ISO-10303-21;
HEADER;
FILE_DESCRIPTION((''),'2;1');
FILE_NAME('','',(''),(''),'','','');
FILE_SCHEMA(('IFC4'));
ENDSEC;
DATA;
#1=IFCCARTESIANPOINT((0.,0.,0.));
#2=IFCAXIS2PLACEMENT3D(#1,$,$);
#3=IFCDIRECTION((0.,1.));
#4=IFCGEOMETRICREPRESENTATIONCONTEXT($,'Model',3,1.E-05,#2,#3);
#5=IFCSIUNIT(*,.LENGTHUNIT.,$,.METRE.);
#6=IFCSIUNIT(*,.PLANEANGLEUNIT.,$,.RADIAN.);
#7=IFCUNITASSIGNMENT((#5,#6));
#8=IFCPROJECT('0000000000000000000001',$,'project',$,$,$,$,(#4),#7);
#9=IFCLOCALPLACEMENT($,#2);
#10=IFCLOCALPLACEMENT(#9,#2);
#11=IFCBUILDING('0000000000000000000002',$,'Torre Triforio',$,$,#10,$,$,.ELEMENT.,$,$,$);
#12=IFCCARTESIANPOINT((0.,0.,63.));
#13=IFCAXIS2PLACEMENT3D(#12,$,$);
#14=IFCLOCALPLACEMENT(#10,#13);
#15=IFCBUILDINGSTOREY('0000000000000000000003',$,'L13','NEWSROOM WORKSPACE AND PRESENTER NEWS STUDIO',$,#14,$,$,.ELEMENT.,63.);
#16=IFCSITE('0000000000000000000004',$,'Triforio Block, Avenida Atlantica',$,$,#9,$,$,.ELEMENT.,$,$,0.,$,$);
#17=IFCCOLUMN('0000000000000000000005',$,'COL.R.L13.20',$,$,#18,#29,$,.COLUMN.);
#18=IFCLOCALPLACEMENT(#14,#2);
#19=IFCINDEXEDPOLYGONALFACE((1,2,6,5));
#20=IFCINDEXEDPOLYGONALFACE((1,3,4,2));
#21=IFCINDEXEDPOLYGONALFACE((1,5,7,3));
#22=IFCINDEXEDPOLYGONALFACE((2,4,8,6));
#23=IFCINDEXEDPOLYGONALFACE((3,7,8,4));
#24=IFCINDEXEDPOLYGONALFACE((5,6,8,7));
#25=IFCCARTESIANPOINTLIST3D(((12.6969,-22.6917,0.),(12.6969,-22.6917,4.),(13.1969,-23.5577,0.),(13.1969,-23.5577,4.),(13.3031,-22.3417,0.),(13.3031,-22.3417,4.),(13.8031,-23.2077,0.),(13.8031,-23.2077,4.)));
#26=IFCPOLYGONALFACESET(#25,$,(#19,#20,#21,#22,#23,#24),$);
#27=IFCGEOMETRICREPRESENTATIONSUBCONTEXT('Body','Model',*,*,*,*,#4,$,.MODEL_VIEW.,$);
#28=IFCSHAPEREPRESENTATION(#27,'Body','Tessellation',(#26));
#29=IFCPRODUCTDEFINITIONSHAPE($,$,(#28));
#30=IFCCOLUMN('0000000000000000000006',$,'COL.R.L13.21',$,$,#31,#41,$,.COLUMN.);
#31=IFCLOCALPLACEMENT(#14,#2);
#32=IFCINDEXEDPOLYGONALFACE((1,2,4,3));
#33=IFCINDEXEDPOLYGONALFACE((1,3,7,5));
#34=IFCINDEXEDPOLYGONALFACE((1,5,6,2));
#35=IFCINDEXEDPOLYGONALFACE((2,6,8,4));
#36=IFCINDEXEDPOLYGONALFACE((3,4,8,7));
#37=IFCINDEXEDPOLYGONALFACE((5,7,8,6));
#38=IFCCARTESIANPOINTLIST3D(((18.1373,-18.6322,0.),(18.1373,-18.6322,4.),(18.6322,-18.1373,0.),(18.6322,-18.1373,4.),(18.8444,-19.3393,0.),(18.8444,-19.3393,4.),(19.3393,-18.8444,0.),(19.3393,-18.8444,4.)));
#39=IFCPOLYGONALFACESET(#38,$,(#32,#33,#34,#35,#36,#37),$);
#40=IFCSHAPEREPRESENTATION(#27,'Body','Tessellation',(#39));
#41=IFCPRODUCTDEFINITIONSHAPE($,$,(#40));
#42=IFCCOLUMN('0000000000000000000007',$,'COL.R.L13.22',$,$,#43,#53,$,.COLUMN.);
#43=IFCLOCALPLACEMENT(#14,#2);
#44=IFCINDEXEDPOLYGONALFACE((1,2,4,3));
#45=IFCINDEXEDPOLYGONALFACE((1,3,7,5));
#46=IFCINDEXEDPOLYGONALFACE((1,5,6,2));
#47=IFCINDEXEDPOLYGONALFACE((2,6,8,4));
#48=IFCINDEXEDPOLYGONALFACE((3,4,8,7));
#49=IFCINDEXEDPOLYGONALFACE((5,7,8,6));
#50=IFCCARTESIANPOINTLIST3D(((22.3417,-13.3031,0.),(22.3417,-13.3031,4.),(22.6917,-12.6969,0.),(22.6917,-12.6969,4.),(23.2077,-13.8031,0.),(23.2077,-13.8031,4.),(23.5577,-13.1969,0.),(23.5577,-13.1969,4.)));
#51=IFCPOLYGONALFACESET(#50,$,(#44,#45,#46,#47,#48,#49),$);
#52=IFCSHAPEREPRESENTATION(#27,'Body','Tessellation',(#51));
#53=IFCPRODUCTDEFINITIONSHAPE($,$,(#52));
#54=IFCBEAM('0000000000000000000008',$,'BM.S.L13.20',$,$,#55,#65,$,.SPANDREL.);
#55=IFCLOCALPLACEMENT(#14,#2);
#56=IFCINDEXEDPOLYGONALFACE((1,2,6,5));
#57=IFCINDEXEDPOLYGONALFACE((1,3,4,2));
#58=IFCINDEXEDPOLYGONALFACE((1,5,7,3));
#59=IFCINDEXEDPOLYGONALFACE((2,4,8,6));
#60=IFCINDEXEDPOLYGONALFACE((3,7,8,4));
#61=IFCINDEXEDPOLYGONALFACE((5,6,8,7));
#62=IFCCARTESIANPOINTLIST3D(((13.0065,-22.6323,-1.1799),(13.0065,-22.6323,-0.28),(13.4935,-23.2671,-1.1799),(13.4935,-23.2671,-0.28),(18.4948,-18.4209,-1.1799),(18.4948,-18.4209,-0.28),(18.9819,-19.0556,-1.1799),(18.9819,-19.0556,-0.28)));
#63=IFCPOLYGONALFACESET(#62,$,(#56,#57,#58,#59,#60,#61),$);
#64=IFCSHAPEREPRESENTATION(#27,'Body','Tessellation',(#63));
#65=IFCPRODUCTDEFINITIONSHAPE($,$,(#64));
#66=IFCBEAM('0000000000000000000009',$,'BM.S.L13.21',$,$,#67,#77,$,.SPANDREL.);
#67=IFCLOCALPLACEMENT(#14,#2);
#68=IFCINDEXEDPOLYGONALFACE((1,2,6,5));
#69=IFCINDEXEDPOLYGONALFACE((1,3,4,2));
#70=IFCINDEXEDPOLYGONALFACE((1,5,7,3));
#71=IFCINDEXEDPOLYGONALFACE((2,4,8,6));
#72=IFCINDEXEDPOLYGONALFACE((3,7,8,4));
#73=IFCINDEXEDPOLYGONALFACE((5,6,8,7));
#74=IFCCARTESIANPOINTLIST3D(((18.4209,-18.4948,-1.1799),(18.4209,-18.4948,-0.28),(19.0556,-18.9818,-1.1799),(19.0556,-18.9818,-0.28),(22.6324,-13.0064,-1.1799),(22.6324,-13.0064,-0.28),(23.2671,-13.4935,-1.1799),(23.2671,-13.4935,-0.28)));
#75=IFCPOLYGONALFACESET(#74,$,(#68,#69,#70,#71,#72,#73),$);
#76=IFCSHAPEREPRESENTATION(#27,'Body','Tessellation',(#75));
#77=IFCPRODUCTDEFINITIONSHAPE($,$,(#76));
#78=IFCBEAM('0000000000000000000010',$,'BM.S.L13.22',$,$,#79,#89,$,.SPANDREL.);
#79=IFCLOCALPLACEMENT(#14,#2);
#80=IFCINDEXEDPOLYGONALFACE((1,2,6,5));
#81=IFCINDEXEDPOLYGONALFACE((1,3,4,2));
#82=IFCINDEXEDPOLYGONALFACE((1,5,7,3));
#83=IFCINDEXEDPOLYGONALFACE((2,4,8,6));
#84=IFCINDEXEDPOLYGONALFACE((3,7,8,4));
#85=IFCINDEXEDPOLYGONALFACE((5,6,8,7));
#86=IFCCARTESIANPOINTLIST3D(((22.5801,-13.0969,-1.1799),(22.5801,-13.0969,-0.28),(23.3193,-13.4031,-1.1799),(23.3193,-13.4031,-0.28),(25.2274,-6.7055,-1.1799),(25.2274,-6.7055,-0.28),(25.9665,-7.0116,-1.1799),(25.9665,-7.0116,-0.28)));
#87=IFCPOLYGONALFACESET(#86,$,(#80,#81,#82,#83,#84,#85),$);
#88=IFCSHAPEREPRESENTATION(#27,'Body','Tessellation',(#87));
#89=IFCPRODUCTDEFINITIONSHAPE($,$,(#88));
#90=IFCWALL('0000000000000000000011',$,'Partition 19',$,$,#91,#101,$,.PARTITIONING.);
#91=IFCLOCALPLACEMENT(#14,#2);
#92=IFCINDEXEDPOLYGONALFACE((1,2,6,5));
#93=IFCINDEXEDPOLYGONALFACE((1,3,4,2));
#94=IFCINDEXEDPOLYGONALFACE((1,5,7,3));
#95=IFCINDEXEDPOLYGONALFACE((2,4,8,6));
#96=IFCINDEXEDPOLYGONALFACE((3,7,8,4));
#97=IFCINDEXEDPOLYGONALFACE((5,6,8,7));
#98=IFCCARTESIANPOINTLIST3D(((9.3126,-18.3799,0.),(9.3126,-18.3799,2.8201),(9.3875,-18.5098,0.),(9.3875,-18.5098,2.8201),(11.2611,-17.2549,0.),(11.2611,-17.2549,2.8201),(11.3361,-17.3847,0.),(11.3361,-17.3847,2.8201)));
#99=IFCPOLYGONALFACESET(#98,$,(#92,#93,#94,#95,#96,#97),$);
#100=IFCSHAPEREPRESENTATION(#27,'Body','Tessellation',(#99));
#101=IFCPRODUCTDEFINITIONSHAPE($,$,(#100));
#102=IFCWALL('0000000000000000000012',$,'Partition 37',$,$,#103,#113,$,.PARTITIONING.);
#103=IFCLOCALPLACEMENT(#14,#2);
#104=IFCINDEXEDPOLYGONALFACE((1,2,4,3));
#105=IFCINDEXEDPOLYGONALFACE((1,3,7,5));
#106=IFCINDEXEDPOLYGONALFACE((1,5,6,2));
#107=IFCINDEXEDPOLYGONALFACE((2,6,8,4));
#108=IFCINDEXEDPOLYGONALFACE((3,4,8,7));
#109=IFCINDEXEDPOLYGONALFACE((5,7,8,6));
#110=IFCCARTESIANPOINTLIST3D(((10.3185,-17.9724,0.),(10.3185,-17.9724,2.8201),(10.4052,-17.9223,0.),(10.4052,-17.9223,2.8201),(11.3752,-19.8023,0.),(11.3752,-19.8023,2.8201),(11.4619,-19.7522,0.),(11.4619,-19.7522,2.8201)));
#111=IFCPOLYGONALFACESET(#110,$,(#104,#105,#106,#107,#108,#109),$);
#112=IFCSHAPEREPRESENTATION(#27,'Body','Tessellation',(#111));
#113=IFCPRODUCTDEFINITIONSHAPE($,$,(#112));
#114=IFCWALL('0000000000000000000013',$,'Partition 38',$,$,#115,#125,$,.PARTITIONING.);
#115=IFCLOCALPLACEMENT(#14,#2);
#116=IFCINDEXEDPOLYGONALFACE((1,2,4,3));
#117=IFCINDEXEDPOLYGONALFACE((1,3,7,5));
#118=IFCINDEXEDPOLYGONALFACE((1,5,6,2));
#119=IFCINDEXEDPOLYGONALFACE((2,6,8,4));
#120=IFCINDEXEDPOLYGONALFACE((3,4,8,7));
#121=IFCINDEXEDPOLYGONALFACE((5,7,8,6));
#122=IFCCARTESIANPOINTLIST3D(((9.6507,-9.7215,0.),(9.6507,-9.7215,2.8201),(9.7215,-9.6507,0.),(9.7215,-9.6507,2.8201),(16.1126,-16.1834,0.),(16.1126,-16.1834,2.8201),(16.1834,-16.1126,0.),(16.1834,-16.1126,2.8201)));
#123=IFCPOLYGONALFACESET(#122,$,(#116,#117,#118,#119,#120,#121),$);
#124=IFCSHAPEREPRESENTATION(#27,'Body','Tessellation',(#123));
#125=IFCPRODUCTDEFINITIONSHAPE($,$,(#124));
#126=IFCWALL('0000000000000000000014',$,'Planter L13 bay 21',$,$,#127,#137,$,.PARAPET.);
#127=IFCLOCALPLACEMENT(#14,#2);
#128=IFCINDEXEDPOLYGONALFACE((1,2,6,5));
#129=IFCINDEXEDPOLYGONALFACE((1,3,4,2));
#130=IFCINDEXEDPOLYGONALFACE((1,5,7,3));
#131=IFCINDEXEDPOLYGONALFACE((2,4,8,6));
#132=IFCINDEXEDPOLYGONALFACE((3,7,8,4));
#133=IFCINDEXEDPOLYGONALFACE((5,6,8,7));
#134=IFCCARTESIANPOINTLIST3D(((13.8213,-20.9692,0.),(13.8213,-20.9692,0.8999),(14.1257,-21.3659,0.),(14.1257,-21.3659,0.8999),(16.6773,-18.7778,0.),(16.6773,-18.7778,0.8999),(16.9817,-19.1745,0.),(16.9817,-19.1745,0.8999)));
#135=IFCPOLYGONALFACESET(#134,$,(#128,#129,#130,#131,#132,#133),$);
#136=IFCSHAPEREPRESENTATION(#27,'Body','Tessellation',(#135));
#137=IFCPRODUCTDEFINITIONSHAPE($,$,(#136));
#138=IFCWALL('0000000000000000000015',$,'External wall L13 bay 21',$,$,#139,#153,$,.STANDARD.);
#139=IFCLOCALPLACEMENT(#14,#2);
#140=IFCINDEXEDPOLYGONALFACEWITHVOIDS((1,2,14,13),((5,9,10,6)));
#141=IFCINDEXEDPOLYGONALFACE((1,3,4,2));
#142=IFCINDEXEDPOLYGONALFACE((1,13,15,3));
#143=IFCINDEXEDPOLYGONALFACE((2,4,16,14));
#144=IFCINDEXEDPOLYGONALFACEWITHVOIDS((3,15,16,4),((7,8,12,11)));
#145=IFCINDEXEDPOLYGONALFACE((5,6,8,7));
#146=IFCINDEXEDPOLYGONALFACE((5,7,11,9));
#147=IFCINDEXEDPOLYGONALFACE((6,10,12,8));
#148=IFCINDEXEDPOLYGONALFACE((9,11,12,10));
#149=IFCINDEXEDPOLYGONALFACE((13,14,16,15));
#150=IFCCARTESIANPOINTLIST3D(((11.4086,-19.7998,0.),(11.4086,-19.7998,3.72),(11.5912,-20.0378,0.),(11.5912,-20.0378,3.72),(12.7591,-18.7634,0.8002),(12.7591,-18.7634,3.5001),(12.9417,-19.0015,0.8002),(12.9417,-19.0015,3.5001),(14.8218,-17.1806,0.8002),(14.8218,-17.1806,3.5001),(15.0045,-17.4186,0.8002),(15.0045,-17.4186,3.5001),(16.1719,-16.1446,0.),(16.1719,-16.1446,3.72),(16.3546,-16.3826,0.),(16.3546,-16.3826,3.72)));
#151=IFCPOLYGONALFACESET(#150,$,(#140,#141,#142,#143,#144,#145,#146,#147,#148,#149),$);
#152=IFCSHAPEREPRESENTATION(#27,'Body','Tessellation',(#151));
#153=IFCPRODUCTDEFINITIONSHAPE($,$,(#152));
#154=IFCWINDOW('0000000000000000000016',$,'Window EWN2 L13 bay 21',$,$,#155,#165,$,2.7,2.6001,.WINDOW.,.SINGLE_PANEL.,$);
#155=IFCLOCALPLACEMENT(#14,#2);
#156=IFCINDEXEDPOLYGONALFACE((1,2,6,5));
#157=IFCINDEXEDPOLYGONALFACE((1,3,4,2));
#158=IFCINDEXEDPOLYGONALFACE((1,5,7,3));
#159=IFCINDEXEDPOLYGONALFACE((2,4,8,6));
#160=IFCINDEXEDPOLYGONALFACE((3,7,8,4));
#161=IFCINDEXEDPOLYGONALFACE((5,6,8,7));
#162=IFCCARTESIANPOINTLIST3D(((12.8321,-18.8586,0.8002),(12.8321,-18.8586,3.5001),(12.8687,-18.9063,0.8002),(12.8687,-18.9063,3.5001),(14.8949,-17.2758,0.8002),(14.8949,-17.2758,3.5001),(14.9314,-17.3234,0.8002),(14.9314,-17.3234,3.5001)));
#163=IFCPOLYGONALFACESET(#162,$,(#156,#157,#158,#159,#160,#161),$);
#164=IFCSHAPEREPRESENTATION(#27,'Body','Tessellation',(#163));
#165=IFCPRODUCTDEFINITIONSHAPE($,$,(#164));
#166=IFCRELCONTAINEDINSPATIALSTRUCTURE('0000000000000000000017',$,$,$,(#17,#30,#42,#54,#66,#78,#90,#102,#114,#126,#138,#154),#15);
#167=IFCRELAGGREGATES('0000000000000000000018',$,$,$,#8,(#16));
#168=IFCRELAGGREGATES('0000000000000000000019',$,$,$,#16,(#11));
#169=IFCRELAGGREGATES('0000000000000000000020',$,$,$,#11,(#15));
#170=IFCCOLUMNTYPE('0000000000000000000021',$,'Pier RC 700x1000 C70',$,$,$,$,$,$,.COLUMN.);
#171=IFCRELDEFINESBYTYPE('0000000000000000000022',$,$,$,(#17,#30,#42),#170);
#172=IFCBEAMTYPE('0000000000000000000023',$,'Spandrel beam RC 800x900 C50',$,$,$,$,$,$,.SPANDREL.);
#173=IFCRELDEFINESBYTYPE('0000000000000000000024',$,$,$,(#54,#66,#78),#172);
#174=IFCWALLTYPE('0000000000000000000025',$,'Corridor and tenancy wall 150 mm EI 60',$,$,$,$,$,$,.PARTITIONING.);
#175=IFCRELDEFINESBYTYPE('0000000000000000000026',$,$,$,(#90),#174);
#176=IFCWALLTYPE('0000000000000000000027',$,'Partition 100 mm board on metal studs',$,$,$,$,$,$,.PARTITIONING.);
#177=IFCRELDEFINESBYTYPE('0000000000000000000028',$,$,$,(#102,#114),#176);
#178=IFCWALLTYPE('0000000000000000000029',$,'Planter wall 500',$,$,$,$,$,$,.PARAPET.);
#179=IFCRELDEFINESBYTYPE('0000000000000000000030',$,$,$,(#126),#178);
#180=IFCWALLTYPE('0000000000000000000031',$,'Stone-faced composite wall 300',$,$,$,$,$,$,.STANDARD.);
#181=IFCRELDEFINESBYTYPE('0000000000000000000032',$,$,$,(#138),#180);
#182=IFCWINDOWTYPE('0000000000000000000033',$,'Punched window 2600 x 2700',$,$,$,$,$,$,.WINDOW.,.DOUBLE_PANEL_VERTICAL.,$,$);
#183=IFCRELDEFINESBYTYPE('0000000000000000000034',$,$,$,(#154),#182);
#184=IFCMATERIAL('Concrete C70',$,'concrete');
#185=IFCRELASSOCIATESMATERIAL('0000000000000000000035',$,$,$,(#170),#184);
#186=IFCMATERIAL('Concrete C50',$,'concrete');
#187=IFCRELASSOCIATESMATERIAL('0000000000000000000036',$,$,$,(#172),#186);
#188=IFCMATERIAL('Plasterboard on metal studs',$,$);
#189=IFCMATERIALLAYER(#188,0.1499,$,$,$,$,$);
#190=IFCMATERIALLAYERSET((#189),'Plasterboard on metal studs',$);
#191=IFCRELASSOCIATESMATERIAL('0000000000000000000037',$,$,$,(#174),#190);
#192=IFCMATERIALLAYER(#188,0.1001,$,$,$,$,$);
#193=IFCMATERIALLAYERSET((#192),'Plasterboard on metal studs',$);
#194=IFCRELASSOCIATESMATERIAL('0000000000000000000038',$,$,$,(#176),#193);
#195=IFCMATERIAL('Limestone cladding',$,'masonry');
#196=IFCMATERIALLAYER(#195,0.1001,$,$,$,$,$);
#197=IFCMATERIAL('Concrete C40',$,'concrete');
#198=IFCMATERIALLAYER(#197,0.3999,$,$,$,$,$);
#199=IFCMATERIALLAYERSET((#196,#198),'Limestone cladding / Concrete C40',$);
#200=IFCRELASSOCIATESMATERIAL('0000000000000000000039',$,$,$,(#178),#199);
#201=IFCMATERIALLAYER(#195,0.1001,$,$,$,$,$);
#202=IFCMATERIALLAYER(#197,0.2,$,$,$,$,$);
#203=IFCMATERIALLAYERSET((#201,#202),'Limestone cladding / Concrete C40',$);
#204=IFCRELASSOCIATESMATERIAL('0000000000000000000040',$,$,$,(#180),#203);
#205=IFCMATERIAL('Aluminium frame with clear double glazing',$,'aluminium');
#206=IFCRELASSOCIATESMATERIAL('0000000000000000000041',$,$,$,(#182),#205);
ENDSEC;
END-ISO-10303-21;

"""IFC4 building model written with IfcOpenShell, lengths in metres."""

from ifc_helpers import new_model, si_unit, direction, frame, frame_2d, origin, origin_2d, place, context, subcontext, project, spatial, rectangle, extrude, material, layer, layer_set, material_profile, profile_set, type_object, element, fill, save


model = new_model("IFC4")

# Units and contexts
model_context = context("Model", 3, precision=1e-05, world=origin(), true_north=direction((0.0, 1.0)))
body_context = subcontext(model_context, "Body", "Model", "MODEL_VIEW")
ifc_project = project(units=[si_unit("LENGTHUNIT", "METRE"), si_unit("PLANEANGLEUNIT", "RADIAN")], contexts=[model_context])

# Site, building, storey
site_placement = place(None, origin())
site = spatial("IfcSite", under=ifc_project, at=site_placement, Name="Triforio Block, Avenida Atlantica", CompositionType="ELEMENT", RefElevation=0.0)
building_placement = place(site_placement, origin())
building = spatial("IfcBuilding", under=site, at=building_placement, Name="Torre Triforio", CompositionType="ELEMENT")
storey_placement = place(building_placement, frame((0.0, 0.0, 63.0)))
storey = spatial("IfcBuildingStorey", under=building, at=storey_placement, Name="L13", Description="NEWSROOM WORKSPACE AND PRESENTER NEWS STUDIO", CompositionType="ELEMENT", Elevation=63.0)

# Columns
ifc_material_1 = material(Name="Concrete C70", Category="concrete")
ifc_material_profile_1 = material_profile(ifc_material_1, rectangle(XDim=0.7, YDim=1.0, at=origin_2d()), Name="RC 700x1000")
ifc_profile_set_1 = profile_set([ifc_material_profile_1], Name="Concrete C70")
column_type = type_object("IfcColumnType", Name="Pier RC 700x1000 C70", PredefinedType="COLUMN", material=ifc_profile_set_1)
for number, where, z_axis, x_axis, name in (
    (1, (13.25, -22.9497, 0.0), (0.0, 0.0, 1.0), (0.866025, 0.5, 0.0), "COL.R.L13.20"),
    (2, (18.7383, -18.7383, 0.0), (0.0, 0.0, 1.0), (0.707107, 0.707107, 0.0), "COL.R.L13.21"),
    (3, (22.9497, -13.25, 0.0), (0.0, 0.0, 1.0), (0.5, 0.866025, 0.0), "COL.R.L13.22"),
):
    element("IfcColumn", number, at=place(storey_placement, frame(where, z_axis=z_axis, x_axis=x_axis)), inside=storey, type_object=column_type, Name=name, PredefinedType="COLUMN", context=body_context, shape_type="SweptSolid", body=[
        extrude(rectangle(XDim=0.7, YDim=1.0, at=origin_2d()), origin(), (0.0, 0.0, 1.0), 4.0),
    ])

# Beams
ifc_material_2 = material(Name="Concrete C50", Category="concrete")
ifc_material_profile_2 = material_profile(ifc_material_2, rectangle(XDim=0.8, YDim=0.8999, at=origin_2d()), Name="RC 800x900")
ifc_profile_set_2 = profile_set([ifc_material_profile_2], Name="Concrete C50")
beam_type = type_object("IfcBeamType", Name="Spandrel beam RC 800x900 C50", PredefinedType="SPANDREL", material=ifc_profile_set_2)
for number, where, z_axis, x_axis, name in (
    (4, (13.25, -22.9497, -0.73), (0.793345, 0.608772, 0.0), (-0.608772, 0.793345, 0.0), "BM.S.L13.20"),
    (5, (18.7383, -18.7383, -0.73), (0.608772, 0.793345, 0.0), (-0.793345, 0.608772, 0.0), "BM.S.L13.21"),
    (6, (22.9497, -13.25, -0.73), (0.382662, 0.923888, 0.0), (-0.923888, 0.382662, 0.0), "BM.S.L13.22"),
):
    element("IfcBeam", number, at=place(storey_placement, frame(where, z_axis=z_axis, x_axis=x_axis)), inside=storey, type_object=beam_type, Name=name, PredefinedType="SPANDREL", context=body_context, shape_type="SweptSolid", body=[
        extrude(rectangle(XDim=0.8, YDim=0.8999, at=origin_2d()), origin(), (0.0, 0.0, 1.0), 6.918),
    ])

# Walls
ifc_material_3 = material(Name="Plasterboard on metal studs")
ifc_layer_1 = layer(ifc_material_3, 0.1499)
ifc_layer_set_1 = layer_set([ifc_layer_1], Name="Plasterboard on metal studs")
wall_type_1 = type_object("IfcWallType", Name="Corridor and tenancy wall 150 mm EI 60", PredefinedType="PARTITIONING", material=ifc_layer_set_1)
wall_1_placement = place(storey_placement, frame((11.2986, -17.3198, 0.0), z_axis=(0.0, 0.0, 1.0), x_axis=(-0.866018, -0.500014, 0.0)))
element("IfcWall", 7, at=wall_1_placement, inside=storey, type_object=wall_type_1, Name="Partition 19", PredefinedType="PARTITIONING", context=body_context, shape_type="SweptSolid", body=[
    extrude(rectangle(XDim=2.25, YDim=0.1499, at=frame_2d((1.125, 0.0))), origin(), (0.0, 0.0, 1.0), 2.8201),
])
ifc_layer_2 = layer(ifc_material_3, 0.1001)
ifc_layer_set_2 = layer_set([ifc_layer_2], Name="Plasterboard on metal studs")
wall_type_2 = type_object("IfcWallType", Name="Partition 100 mm board on metal studs", PredefinedType="PARTITIONING", material=ifc_layer_set_2)
wall_2_placement = place(storey_placement, frame((10.3618, -17.9473, 0.0), z_axis=(0.0, 0.0, 1.0), x_axis=(0.500066, -0.865987, 0.0)))
element("IfcWall", 8, at=wall_2_placement, inside=storey, type_object=wall_type_2, Name="Partition 37", PredefinedType="PARTITIONING", context=body_context, shape_type="SweptSolid", body=[
    extrude(rectangle(XDim=2.113, YDim=0.1001, at=frame_2d((1.0566, 0.0))), origin(), (0.0, 0.0, 1.0), 2.8201),
])
wall_3_placement = place(storey_placement, frame((9.686, -9.686, 0.0), z_axis=(0.0, 0.0, 1.0), x_axis=(0.707107, -0.707107, 0.0)))
element("IfcWall", 9, at=wall_3_placement, inside=storey, type_object=wall_type_2, Name="Partition 38", PredefinedType="PARTITIONING", context=body_context, shape_type="SweptSolid", body=[
    extrude(rectangle(XDim=9.1384, YDim=0.1001, at=frame_2d((4.5693, 0.0))), origin(), (0.0, 0.0, 1.0), 2.8201),
])
ifc_material_4 = material(Name="Limestone cladding", Category="masonry")
ifc_layer_3 = layer(ifc_material_4, 0.1001)
ifc_material_5 = material(Name="Concrete C40", Category="concrete")
ifc_layer_4 = layer(ifc_material_5, 0.3999)
ifc_layer_set_3 = layer_set([ifc_layer_3, ifc_layer_4], Name="Limestone cladding / Concrete C40")
wall_type_3 = type_object("IfcWallType", Name="Planter wall 500", PredefinedType="PARAPET", material=ifc_layer_set_3)
wall_4_placement = place(storey_placement, frame((13.9736, -21.1675, 0.0), z_axis=(0.0, 0.0, 1.0), x_axis=(0.79336, 0.608753, 0.0)))
element("IfcWall", 10, at=wall_4_placement, inside=storey, type_object=wall_type_3, Name="Planter L13 bay 21", PredefinedType="PARAPET", context=body_context, shape_type="SweptSolid", body=[
    extrude(rectangle(XDim=3.5999, YDim=0.5, at=frame_2d((1.7998, 0.0))), origin(), (0.0, 0.0, 1.0), 0.8999),
])

# Wall, opening, window
ifc_layer_5 = layer(ifc_material_4, 0.1001)
ifc_layer_6 = layer(ifc_material_5, 0.2)
ifc_layer_set_4 = layer_set([ifc_layer_5, ifc_layer_6], Name="Limestone cladding / Concrete C40")
wall_type_4 = type_object("IfcWallType", Name="Stone-faced composite wall 300", PredefinedType="STANDARD", material=ifc_layer_set_4)
wall_5_placement = place(storey_placement, frame((11.5, -19.9187, 0.0), z_axis=(0.0, 0.0, 1.0), x_axis=(0.79334, 0.608779, 0.0)))
wall_5 = element("IfcWall", 11, at=wall_5_placement, inside=storey, type_object=wall_type_4, Name="External wall L13 bay 21", PredefinedType="STANDARD", context=body_context, shape_type="SweptSolid", body=[
    extrude(rectangle(XDim=6.0042, YDim=0.3, at=frame_2d((3.002, 0.0))), origin(), (0.0, 0.0, 1.0), 3.72),
])
opening_1_placement = place(wall_5_placement, frame((1.7021, 0.0, 0.8)))
opening_1 = element("IfcOpeningElement", 12, at=opening_1_placement, cuts=wall_5, PredefinedType="OPENING", context=body_context, shape_type="SweptSolid", body=[
    extrude(rectangle(XDim=2.6001, YDim=2.7, at=frame_2d((1.3, 1.3501))), frame((0.0, 0.1599, 0.0), z_axis=(0.0, -1.0, 0.0), x_axis=(1.0, 0.0, 0.0)), (0.0, 0.0, 1.0), 0.3201),
])
ifc_material_6 = material(Name="Aluminium frame with clear double glazing", Category="aluminium")
window_type_1 = type_object("IfcWindowType", Name="Punched window 2600 x 2700", PartitioningType="DOUBLE_PANEL_VERTICAL", PredefinedType="WINDOW", material=ifc_material_6)
window_1_placement = place(opening_1_placement, origin())
window_1 = element("IfcWindow", 13, at=window_1_placement, inside=storey, type_object=window_type_1, Name="Window EWN2 L13 bay 21", OverallHeight=2.7, OverallWidth=2.6001, PartitioningType="SINGLE_PANEL", PredefinedType="WINDOW", context=body_context, shape_type="SweptSolid", body=[
    extrude(rectangle(XDim=2.6001, YDim=2.7, at=frame_2d((1.3, 1.3501))), frame((0.0, 0.03, 0.0), z_axis=(0.0, -1.0, 0.0), x_axis=(1.0, 0.0, 0.0)), (0.0, 0.0, 1.0), 0.0601),
])
fill(opening_1, window_1)

save(model, "model.ifc")
